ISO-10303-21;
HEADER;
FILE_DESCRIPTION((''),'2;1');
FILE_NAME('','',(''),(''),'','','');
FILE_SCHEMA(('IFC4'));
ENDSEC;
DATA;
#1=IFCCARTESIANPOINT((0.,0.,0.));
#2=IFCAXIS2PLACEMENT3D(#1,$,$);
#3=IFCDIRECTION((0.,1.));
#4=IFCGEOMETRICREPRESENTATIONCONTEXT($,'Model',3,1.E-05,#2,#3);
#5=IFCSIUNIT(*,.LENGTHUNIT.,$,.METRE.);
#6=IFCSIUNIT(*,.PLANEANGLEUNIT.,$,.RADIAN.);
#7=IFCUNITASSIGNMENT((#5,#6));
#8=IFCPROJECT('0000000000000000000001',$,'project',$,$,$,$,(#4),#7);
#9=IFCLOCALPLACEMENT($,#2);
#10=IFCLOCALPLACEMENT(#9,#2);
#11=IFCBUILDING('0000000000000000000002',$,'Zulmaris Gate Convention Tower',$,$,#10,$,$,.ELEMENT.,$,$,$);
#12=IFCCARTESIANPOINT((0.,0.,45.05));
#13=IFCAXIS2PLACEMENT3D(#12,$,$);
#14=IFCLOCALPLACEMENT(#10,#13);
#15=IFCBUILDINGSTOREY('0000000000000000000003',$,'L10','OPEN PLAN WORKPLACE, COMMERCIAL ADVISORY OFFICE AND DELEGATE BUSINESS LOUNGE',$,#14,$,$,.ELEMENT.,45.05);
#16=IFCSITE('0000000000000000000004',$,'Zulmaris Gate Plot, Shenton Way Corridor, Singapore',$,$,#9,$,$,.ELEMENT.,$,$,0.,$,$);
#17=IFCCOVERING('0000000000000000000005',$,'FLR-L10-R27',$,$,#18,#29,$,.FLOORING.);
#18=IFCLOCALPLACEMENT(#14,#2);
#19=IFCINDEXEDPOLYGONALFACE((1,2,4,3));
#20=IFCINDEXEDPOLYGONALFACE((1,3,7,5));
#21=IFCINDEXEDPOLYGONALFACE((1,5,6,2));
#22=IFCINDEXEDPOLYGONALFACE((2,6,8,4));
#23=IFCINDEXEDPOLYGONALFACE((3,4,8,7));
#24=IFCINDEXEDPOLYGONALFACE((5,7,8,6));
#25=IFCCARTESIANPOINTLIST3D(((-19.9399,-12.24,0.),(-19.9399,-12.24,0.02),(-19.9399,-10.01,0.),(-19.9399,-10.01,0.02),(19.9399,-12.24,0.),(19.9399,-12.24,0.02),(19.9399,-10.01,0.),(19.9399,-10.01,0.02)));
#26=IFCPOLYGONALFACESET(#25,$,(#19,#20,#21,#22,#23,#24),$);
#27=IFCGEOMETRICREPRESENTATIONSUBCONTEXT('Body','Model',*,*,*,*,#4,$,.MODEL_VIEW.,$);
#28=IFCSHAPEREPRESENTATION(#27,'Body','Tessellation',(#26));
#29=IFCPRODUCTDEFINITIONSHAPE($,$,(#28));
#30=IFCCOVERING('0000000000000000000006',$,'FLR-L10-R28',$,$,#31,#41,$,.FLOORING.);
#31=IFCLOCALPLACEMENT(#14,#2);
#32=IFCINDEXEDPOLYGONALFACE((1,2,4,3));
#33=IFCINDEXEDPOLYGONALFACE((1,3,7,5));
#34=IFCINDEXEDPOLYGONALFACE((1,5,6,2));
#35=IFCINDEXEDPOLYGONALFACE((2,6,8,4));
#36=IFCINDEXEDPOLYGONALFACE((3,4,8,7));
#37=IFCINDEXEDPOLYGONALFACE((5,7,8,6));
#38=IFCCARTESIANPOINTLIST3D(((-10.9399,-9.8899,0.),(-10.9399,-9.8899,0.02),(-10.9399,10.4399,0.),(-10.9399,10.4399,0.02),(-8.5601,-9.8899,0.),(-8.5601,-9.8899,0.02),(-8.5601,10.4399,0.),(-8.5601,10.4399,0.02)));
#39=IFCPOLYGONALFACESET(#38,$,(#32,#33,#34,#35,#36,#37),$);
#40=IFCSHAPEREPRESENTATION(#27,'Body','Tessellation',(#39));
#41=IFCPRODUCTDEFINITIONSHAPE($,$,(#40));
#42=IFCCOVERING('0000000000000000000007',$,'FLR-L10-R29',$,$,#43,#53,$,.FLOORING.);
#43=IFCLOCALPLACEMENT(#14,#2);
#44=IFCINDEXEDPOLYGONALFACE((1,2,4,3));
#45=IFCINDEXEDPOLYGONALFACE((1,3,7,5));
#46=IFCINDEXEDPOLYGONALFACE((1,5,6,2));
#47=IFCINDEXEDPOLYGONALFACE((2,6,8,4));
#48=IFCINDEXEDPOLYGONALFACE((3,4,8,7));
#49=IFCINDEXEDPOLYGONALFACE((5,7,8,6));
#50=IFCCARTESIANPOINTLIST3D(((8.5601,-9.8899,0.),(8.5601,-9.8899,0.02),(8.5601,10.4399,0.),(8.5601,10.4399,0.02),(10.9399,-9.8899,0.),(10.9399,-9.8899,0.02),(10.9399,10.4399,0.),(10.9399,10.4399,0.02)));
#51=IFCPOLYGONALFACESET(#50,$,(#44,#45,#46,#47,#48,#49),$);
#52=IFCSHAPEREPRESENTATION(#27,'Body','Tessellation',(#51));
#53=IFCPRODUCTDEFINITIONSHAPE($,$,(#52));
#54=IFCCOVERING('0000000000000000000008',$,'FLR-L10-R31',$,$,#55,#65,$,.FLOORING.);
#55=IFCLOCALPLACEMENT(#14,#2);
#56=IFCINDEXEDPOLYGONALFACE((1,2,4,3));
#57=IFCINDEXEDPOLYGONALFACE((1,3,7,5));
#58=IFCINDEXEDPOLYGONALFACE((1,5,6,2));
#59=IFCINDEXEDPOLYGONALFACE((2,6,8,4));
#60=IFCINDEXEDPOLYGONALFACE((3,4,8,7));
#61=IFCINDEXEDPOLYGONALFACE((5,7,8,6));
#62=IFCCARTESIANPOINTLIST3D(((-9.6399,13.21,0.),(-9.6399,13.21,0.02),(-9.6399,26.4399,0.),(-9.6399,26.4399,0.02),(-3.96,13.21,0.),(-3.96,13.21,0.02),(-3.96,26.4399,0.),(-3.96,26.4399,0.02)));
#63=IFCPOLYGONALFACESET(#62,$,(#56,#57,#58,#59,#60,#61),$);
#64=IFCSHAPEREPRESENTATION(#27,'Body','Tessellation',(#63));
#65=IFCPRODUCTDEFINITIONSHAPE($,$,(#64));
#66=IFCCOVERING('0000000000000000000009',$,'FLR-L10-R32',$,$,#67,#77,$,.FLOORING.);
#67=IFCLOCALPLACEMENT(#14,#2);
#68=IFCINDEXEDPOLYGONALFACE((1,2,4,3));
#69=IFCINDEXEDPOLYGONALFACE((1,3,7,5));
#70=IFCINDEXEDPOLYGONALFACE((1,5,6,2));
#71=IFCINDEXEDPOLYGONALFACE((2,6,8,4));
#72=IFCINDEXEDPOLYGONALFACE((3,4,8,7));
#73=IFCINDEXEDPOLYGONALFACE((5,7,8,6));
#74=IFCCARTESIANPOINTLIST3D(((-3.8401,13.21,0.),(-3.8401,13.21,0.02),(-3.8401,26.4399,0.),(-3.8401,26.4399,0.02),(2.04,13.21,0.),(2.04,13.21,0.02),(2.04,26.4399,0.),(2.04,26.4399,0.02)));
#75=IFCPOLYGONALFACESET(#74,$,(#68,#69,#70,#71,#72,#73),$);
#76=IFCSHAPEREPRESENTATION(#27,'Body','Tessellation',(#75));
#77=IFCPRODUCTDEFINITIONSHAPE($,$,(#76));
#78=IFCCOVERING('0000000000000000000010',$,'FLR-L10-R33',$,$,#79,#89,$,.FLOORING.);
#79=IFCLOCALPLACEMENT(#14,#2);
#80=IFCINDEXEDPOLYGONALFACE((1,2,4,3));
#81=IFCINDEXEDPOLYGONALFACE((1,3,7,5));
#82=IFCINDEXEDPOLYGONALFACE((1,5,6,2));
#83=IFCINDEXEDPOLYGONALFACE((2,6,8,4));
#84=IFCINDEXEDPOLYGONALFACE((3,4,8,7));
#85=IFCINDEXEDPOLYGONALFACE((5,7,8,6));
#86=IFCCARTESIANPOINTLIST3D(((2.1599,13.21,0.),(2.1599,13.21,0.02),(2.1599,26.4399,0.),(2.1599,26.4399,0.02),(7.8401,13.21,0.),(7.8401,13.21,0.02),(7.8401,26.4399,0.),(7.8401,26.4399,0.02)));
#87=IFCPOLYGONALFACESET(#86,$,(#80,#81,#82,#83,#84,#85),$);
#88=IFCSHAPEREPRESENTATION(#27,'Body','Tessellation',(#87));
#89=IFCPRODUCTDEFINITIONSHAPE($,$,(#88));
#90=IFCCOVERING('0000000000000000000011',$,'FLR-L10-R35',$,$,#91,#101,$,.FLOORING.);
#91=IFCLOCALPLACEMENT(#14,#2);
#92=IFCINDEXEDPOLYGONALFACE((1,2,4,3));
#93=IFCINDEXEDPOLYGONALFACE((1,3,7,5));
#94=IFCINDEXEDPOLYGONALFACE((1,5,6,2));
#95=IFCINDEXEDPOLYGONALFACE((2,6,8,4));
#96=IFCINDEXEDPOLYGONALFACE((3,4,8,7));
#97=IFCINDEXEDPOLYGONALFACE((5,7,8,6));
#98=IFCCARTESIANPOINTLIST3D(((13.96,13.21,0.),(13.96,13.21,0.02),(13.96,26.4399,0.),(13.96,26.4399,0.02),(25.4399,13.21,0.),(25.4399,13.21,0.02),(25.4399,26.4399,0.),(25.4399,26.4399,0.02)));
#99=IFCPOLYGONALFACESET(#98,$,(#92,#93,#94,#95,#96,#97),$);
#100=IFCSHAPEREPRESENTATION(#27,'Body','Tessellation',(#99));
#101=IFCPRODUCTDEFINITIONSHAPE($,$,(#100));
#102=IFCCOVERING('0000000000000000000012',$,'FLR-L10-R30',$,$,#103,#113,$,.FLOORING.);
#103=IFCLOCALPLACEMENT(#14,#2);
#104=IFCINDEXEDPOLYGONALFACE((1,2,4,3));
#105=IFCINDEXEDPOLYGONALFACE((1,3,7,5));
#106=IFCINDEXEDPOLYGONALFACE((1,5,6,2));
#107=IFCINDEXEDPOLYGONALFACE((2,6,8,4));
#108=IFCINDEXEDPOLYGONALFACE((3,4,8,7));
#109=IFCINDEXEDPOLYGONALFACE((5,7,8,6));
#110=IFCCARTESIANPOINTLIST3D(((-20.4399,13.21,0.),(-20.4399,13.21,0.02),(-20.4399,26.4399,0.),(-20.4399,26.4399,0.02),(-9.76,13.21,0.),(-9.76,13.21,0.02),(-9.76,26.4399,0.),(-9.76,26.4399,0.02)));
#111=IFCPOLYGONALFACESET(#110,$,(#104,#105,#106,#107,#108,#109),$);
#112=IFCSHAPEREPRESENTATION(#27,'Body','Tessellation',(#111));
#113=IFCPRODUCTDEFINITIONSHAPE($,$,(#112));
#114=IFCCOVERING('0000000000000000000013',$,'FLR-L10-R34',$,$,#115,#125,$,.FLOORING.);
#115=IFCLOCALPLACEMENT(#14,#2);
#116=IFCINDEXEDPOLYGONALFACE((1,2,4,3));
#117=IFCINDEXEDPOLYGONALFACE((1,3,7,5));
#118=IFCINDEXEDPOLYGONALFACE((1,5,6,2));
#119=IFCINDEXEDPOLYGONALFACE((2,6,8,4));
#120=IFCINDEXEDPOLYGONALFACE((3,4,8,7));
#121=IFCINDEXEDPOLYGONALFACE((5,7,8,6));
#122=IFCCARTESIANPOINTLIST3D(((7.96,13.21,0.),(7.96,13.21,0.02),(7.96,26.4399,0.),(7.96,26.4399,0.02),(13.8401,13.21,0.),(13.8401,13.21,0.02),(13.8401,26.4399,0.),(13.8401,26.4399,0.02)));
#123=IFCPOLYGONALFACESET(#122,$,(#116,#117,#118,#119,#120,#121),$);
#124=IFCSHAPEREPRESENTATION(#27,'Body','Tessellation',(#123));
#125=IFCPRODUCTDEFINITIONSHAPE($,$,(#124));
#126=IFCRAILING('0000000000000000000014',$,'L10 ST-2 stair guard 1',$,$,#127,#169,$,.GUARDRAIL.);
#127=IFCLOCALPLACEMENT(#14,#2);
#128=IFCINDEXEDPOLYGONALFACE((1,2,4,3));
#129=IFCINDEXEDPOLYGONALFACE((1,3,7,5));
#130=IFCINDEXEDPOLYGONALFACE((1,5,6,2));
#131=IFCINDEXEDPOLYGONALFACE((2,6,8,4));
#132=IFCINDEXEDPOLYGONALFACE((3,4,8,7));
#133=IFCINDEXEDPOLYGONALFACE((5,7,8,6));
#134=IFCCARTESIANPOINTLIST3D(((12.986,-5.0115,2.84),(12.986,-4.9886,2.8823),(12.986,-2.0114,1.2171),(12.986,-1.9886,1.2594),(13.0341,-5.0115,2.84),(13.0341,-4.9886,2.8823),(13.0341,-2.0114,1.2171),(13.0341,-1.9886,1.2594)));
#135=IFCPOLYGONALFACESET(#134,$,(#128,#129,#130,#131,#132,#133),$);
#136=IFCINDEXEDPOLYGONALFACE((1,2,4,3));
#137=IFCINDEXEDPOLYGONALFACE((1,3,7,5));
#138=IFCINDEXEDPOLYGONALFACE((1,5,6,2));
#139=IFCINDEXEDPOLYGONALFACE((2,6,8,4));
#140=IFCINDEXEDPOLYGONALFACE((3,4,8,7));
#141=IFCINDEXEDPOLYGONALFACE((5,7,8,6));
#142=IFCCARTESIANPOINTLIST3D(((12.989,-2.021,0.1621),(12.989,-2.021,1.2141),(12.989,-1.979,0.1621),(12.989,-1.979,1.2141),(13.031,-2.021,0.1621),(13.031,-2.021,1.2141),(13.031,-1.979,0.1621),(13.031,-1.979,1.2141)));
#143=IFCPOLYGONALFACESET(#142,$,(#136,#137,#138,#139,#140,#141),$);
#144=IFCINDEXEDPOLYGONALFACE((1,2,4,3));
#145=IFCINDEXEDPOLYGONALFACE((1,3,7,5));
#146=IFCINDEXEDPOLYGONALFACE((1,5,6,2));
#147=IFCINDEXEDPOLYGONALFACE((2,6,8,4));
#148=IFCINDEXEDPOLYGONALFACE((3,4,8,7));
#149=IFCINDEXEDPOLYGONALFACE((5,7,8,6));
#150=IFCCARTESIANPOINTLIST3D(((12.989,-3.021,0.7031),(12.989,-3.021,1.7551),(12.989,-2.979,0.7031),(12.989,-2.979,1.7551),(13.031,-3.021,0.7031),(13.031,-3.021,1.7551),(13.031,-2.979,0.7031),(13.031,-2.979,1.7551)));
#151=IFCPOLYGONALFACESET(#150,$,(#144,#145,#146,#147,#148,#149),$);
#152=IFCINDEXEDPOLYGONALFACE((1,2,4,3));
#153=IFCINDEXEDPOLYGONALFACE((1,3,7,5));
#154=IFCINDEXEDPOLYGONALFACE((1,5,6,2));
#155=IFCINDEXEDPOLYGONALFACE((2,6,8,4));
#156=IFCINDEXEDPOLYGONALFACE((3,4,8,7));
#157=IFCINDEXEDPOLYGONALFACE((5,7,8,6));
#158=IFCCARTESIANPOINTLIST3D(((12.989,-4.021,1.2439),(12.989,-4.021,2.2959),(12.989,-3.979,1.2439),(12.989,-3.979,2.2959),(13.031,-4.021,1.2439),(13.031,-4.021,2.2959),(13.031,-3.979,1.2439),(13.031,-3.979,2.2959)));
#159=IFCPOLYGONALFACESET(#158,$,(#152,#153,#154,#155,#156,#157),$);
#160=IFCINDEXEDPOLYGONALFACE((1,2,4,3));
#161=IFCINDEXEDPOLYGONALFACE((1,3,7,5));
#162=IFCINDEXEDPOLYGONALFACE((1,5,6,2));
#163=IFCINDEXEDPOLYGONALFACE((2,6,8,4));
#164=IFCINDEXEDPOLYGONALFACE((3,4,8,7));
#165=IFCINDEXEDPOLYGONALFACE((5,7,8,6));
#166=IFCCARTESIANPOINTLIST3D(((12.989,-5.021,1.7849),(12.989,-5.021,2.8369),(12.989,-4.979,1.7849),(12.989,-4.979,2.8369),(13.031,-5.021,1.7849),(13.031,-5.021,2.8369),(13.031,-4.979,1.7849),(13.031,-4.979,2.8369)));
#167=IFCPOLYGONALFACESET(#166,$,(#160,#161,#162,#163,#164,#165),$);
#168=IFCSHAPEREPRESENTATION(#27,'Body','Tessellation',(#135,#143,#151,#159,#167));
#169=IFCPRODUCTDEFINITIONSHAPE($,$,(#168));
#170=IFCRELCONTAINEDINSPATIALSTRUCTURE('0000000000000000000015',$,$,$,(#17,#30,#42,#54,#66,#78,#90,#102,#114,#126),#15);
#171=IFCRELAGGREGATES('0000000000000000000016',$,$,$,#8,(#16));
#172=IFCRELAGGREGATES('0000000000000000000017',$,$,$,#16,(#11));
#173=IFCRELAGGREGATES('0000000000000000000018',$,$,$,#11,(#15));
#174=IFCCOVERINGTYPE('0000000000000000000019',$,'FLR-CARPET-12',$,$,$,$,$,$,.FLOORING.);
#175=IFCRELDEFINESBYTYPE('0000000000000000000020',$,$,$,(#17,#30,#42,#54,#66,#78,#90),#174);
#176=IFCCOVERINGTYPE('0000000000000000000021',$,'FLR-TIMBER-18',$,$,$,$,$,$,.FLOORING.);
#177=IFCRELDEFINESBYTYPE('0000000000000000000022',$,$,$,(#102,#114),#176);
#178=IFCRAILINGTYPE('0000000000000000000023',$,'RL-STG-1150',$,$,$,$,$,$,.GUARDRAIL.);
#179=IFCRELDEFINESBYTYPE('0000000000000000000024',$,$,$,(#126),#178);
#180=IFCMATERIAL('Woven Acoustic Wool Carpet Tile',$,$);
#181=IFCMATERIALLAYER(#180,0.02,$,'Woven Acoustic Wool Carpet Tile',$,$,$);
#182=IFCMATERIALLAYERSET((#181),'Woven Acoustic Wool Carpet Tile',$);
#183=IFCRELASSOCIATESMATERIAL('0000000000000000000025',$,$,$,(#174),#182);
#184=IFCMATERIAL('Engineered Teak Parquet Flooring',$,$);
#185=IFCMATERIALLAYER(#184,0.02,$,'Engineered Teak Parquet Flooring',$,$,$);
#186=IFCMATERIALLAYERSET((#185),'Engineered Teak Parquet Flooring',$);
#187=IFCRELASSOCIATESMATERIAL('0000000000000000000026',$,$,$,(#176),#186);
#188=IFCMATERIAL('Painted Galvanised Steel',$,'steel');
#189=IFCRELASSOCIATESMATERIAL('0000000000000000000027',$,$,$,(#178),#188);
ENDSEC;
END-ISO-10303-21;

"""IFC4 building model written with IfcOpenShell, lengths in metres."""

from ifc_helpers import new_model, si_unit, direction, frame, origin, origin_2d, place, context, subcontext, project, spatial, polyline, rectangle, outline, extrude, material, layer, layer_set, type_object, element, save


model = new_model("IFC4")

# Units and contexts
model_context = context("Model", 3, precision=1e-05, world=origin(), true_north=direction((0.0, 1.0)))
body_context = subcontext(model_context, "Body", "Model", "MODEL_VIEW")
ifc_project = project(units=[si_unit("LENGTHUNIT", "METRE"), si_unit("PLANEANGLEUNIT", "RADIAN")], contexts=[model_context])

# Site, building, storey
site_placement = place(None, origin())
site = spatial("IfcSite", under=ifc_project, at=site_placement, Name="Zulmaris Gate Plot, Shenton Way Corridor, Singapore", CompositionType="ELEMENT", RefElevation=0.0)
building_placement = place(site_placement, origin())
building = spatial("IfcBuilding", under=site, at=building_placement, Name="Zulmaris Gate Convention Tower", CompositionType="ELEMENT")
storey_placement = place(building_placement, frame((0.0, 0.0, 45.05)))
storey = spatial("IfcBuildingStorey", under=building, at=storey_placement, Name="L10", Description="OPEN PLAN WORKPLACE, COMMERCIAL ADVISORY OFFICE AND DELEGATE BUSINESS LOUNGE", CompositionType="ELEMENT", Elevation=45.05)

# Coverings
ifc_material_1 = material(Name="Woven Acoustic Wool Carpet Tile")
ifc_layer_1 = layer(ifc_material_1, 0.02, Name="Woven Acoustic Wool Carpet Tile")
ifc_layer_set_1 = layer_set([ifc_layer_1], Name="Woven Acoustic Wool Carpet Tile")
covering_type_1 = type_object("IfcCoveringType", Name="FLR-CARPET-12", PredefinedType="FLOORING", material=ifc_layer_set_1)
covering_1_placement = place(storey_placement, origin())
element("IfcCovering", 1, at=covering_1_placement, inside=storey, type_object=covering_type_1, Name="FLR-L10-R27", PredefinedType="FLOORING", context=body_context, shape_type="SweptSolid", body=[
    extrude(outline(polyline([(-19.9399, -12.24), (19.9399, -12.24), (19.9399, -10.01), (-19.9399, -10.01), (-19.9399, -12.24)])), origin(), (0.0, 0.0, 1.0), 0.02),
])
covering_2_placement = place(storey_placement, origin())
element("IfcCovering", 2, at=covering_2_placement, inside=storey, type_object=covering_type_1, Name="FLR-L10-R28", PredefinedType="FLOORING", context=body_context, shape_type="SweptSolid", body=[
    extrude(outline(polyline([(-10.9399, -9.8899), (-8.5601, -9.8899), (-8.5601, 10.4399), (-10.9399, 10.4399), (-10.9399, -9.8899)])), origin(), (0.0, 0.0, 1.0), 0.02),
])
covering_3_placement = place(storey_placement, origin())
element("IfcCovering", 3, at=covering_3_placement, inside=storey, type_object=covering_type_1, Name="FLR-L10-R29", PredefinedType="FLOORING", context=body_context, shape_type="SweptSolid", body=[
    extrude(outline(polyline([(8.5601, -9.8899), (10.9399, -9.8899), (10.9399, 10.4399), (8.5601, 10.4399), (8.5601, -9.8899)])), origin(), (0.0, 0.0, 1.0), 0.02),
])
covering_4_placement = place(storey_placement, origin())
element("IfcCovering", 4, at=covering_4_placement, inside=storey, type_object=covering_type_1, Name="FLR-L10-R31", PredefinedType="FLOORING", context=body_context, shape_type="SweptSolid", body=[
    extrude(outline(polyline([(-9.6399, 13.21), (-3.96, 13.21), (-3.96, 26.4399), (-9.6399, 26.4399), (-9.6399, 13.21)])), origin(), (0.0, 0.0, 1.0), 0.02),
])
covering_5_placement = place(storey_placement, origin())
element("IfcCovering", 5, at=covering_5_placement, inside=storey, type_object=covering_type_1, Name="FLR-L10-R32", PredefinedType="FLOORING", context=body_context, shape_type="SweptSolid", body=[
    extrude(outline(polyline([(-3.8401, 13.21), (2.04, 13.21), (2.04, 26.4399), (-3.8401, 26.4399), (-3.8401, 13.21)])), origin(), (0.0, 0.0, 1.0), 0.02),
])
covering_6_placement = place(storey_placement, origin())
element("IfcCovering", 6, at=covering_6_placement, inside=storey, type_object=covering_type_1, Name="FLR-L10-R33", PredefinedType="FLOORING", context=body_context, shape_type="SweptSolid", body=[
    extrude(outline(polyline([(2.1599, 13.21), (7.8401, 13.21), (7.8401, 26.4399), (2.1599, 26.4399), (2.1599, 13.21)])), origin(), (0.0, 0.0, 1.0), 0.02),
])
covering_7_placement = place(storey_placement, origin())
element("IfcCovering", 7, at=covering_7_placement, inside=storey, type_object=covering_type_1, Name="FLR-L10-R35", PredefinedType="FLOORING", context=body_context, shape_type="SweptSolid", body=[
    extrude(outline(polyline([(13.96, 13.21), (25.4399, 13.21), (25.4399, 26.4399), (13.96, 26.4399), (13.96, 13.21)])), origin(), (0.0, 0.0, 1.0), 0.02),
])
ifc_material_2 = material(Name="Engineered Teak Parquet Flooring")
ifc_layer_2 = layer(ifc_material_2, 0.02, Name="Engineered Teak Parquet Flooring")
ifc_layer_set_2 = layer_set([ifc_layer_2], Name="Engineered Teak Parquet Flooring")
covering_type_2 = type_object("IfcCoveringType", Name="FLR-TIMBER-18", PredefinedType="FLOORING", material=ifc_layer_set_2)
covering_8_placement = place(storey_placement, origin())
element("IfcCovering", 8, at=covering_8_placement, inside=storey, type_object=covering_type_2, Name="FLR-L10-R30", PredefinedType="FLOORING", context=body_context, shape_type="SweptSolid", body=[
    extrude(outline(polyline([(-20.4399, 13.21), (-9.76, 13.21), (-9.76, 26.4399), (-20.4399, 26.4399), (-20.4399, 13.21)])), origin(), (0.0, 0.0, 1.0), 0.02),
])
covering_9_placement = place(storey_placement, origin())
element("IfcCovering", 9, at=covering_9_placement, inside=storey, type_object=covering_type_2, Name="FLR-L10-R34", PredefinedType="FLOORING", context=body_context, shape_type="SweptSolid", body=[
    extrude(outline(polyline([(7.96, 13.21), (13.8401, 13.21), (13.8401, 26.4399), (7.96, 26.4399), (7.96, 13.21)])), origin(), (0.0, 0.0, 1.0), 0.02),
])

# Railing
ifc_material_3 = material(Name="Painted Galvanised Steel", Category="steel")
railing_type = type_object("IfcRailingType", Name="RL-STG-1150", PredefinedType="GUARDRAIL", material=ifc_material_3)
railing_placement = place(storey_placement, frame((13.01, -2.0, 0.1621)))
element("IfcRailing", 10, at=railing_placement, inside=storey, type_object=railing_type, Name="L10 ST-2 stair guard 1", PredefinedType="GUARDRAIL", context=body_context, shape_type="SweptSolid", body=[
    extrude(rectangle(XDim=0.0481, YDim=0.0481, at=origin_2d()), frame((0.0, 0.0, 1.0762), z_axis=(0.0, -0.879562, 0.475785), x_axis=(1.0, 0.0, 0.0)), (0.0, 0.0, 1.0), 3.4109),
    extrude(rectangle(XDim=0.042, YDim=0.042, at=origin_2d()), origin(), (0.0, 0.0, 1.0), 1.052),
    extrude(rectangle(XDim=0.042, YDim=0.042, at=origin_2d()), frame((0.0, -1.0, 0.541)), (0.0, 0.0, 1.0), 1.052),
    extrude(rectangle(XDim=0.042, YDim=0.042, at=origin_2d()), frame((0.0, -2.0, 1.0818)), (0.0, 0.0, 1.0), 1.052),
    extrude(rectangle(XDim=0.042, YDim=0.042, at=origin_2d()), frame((0.0, -3.0, 1.6228)), (0.0, 0.0, 1.0), 1.052),
])

save(model, "model.ifc")
